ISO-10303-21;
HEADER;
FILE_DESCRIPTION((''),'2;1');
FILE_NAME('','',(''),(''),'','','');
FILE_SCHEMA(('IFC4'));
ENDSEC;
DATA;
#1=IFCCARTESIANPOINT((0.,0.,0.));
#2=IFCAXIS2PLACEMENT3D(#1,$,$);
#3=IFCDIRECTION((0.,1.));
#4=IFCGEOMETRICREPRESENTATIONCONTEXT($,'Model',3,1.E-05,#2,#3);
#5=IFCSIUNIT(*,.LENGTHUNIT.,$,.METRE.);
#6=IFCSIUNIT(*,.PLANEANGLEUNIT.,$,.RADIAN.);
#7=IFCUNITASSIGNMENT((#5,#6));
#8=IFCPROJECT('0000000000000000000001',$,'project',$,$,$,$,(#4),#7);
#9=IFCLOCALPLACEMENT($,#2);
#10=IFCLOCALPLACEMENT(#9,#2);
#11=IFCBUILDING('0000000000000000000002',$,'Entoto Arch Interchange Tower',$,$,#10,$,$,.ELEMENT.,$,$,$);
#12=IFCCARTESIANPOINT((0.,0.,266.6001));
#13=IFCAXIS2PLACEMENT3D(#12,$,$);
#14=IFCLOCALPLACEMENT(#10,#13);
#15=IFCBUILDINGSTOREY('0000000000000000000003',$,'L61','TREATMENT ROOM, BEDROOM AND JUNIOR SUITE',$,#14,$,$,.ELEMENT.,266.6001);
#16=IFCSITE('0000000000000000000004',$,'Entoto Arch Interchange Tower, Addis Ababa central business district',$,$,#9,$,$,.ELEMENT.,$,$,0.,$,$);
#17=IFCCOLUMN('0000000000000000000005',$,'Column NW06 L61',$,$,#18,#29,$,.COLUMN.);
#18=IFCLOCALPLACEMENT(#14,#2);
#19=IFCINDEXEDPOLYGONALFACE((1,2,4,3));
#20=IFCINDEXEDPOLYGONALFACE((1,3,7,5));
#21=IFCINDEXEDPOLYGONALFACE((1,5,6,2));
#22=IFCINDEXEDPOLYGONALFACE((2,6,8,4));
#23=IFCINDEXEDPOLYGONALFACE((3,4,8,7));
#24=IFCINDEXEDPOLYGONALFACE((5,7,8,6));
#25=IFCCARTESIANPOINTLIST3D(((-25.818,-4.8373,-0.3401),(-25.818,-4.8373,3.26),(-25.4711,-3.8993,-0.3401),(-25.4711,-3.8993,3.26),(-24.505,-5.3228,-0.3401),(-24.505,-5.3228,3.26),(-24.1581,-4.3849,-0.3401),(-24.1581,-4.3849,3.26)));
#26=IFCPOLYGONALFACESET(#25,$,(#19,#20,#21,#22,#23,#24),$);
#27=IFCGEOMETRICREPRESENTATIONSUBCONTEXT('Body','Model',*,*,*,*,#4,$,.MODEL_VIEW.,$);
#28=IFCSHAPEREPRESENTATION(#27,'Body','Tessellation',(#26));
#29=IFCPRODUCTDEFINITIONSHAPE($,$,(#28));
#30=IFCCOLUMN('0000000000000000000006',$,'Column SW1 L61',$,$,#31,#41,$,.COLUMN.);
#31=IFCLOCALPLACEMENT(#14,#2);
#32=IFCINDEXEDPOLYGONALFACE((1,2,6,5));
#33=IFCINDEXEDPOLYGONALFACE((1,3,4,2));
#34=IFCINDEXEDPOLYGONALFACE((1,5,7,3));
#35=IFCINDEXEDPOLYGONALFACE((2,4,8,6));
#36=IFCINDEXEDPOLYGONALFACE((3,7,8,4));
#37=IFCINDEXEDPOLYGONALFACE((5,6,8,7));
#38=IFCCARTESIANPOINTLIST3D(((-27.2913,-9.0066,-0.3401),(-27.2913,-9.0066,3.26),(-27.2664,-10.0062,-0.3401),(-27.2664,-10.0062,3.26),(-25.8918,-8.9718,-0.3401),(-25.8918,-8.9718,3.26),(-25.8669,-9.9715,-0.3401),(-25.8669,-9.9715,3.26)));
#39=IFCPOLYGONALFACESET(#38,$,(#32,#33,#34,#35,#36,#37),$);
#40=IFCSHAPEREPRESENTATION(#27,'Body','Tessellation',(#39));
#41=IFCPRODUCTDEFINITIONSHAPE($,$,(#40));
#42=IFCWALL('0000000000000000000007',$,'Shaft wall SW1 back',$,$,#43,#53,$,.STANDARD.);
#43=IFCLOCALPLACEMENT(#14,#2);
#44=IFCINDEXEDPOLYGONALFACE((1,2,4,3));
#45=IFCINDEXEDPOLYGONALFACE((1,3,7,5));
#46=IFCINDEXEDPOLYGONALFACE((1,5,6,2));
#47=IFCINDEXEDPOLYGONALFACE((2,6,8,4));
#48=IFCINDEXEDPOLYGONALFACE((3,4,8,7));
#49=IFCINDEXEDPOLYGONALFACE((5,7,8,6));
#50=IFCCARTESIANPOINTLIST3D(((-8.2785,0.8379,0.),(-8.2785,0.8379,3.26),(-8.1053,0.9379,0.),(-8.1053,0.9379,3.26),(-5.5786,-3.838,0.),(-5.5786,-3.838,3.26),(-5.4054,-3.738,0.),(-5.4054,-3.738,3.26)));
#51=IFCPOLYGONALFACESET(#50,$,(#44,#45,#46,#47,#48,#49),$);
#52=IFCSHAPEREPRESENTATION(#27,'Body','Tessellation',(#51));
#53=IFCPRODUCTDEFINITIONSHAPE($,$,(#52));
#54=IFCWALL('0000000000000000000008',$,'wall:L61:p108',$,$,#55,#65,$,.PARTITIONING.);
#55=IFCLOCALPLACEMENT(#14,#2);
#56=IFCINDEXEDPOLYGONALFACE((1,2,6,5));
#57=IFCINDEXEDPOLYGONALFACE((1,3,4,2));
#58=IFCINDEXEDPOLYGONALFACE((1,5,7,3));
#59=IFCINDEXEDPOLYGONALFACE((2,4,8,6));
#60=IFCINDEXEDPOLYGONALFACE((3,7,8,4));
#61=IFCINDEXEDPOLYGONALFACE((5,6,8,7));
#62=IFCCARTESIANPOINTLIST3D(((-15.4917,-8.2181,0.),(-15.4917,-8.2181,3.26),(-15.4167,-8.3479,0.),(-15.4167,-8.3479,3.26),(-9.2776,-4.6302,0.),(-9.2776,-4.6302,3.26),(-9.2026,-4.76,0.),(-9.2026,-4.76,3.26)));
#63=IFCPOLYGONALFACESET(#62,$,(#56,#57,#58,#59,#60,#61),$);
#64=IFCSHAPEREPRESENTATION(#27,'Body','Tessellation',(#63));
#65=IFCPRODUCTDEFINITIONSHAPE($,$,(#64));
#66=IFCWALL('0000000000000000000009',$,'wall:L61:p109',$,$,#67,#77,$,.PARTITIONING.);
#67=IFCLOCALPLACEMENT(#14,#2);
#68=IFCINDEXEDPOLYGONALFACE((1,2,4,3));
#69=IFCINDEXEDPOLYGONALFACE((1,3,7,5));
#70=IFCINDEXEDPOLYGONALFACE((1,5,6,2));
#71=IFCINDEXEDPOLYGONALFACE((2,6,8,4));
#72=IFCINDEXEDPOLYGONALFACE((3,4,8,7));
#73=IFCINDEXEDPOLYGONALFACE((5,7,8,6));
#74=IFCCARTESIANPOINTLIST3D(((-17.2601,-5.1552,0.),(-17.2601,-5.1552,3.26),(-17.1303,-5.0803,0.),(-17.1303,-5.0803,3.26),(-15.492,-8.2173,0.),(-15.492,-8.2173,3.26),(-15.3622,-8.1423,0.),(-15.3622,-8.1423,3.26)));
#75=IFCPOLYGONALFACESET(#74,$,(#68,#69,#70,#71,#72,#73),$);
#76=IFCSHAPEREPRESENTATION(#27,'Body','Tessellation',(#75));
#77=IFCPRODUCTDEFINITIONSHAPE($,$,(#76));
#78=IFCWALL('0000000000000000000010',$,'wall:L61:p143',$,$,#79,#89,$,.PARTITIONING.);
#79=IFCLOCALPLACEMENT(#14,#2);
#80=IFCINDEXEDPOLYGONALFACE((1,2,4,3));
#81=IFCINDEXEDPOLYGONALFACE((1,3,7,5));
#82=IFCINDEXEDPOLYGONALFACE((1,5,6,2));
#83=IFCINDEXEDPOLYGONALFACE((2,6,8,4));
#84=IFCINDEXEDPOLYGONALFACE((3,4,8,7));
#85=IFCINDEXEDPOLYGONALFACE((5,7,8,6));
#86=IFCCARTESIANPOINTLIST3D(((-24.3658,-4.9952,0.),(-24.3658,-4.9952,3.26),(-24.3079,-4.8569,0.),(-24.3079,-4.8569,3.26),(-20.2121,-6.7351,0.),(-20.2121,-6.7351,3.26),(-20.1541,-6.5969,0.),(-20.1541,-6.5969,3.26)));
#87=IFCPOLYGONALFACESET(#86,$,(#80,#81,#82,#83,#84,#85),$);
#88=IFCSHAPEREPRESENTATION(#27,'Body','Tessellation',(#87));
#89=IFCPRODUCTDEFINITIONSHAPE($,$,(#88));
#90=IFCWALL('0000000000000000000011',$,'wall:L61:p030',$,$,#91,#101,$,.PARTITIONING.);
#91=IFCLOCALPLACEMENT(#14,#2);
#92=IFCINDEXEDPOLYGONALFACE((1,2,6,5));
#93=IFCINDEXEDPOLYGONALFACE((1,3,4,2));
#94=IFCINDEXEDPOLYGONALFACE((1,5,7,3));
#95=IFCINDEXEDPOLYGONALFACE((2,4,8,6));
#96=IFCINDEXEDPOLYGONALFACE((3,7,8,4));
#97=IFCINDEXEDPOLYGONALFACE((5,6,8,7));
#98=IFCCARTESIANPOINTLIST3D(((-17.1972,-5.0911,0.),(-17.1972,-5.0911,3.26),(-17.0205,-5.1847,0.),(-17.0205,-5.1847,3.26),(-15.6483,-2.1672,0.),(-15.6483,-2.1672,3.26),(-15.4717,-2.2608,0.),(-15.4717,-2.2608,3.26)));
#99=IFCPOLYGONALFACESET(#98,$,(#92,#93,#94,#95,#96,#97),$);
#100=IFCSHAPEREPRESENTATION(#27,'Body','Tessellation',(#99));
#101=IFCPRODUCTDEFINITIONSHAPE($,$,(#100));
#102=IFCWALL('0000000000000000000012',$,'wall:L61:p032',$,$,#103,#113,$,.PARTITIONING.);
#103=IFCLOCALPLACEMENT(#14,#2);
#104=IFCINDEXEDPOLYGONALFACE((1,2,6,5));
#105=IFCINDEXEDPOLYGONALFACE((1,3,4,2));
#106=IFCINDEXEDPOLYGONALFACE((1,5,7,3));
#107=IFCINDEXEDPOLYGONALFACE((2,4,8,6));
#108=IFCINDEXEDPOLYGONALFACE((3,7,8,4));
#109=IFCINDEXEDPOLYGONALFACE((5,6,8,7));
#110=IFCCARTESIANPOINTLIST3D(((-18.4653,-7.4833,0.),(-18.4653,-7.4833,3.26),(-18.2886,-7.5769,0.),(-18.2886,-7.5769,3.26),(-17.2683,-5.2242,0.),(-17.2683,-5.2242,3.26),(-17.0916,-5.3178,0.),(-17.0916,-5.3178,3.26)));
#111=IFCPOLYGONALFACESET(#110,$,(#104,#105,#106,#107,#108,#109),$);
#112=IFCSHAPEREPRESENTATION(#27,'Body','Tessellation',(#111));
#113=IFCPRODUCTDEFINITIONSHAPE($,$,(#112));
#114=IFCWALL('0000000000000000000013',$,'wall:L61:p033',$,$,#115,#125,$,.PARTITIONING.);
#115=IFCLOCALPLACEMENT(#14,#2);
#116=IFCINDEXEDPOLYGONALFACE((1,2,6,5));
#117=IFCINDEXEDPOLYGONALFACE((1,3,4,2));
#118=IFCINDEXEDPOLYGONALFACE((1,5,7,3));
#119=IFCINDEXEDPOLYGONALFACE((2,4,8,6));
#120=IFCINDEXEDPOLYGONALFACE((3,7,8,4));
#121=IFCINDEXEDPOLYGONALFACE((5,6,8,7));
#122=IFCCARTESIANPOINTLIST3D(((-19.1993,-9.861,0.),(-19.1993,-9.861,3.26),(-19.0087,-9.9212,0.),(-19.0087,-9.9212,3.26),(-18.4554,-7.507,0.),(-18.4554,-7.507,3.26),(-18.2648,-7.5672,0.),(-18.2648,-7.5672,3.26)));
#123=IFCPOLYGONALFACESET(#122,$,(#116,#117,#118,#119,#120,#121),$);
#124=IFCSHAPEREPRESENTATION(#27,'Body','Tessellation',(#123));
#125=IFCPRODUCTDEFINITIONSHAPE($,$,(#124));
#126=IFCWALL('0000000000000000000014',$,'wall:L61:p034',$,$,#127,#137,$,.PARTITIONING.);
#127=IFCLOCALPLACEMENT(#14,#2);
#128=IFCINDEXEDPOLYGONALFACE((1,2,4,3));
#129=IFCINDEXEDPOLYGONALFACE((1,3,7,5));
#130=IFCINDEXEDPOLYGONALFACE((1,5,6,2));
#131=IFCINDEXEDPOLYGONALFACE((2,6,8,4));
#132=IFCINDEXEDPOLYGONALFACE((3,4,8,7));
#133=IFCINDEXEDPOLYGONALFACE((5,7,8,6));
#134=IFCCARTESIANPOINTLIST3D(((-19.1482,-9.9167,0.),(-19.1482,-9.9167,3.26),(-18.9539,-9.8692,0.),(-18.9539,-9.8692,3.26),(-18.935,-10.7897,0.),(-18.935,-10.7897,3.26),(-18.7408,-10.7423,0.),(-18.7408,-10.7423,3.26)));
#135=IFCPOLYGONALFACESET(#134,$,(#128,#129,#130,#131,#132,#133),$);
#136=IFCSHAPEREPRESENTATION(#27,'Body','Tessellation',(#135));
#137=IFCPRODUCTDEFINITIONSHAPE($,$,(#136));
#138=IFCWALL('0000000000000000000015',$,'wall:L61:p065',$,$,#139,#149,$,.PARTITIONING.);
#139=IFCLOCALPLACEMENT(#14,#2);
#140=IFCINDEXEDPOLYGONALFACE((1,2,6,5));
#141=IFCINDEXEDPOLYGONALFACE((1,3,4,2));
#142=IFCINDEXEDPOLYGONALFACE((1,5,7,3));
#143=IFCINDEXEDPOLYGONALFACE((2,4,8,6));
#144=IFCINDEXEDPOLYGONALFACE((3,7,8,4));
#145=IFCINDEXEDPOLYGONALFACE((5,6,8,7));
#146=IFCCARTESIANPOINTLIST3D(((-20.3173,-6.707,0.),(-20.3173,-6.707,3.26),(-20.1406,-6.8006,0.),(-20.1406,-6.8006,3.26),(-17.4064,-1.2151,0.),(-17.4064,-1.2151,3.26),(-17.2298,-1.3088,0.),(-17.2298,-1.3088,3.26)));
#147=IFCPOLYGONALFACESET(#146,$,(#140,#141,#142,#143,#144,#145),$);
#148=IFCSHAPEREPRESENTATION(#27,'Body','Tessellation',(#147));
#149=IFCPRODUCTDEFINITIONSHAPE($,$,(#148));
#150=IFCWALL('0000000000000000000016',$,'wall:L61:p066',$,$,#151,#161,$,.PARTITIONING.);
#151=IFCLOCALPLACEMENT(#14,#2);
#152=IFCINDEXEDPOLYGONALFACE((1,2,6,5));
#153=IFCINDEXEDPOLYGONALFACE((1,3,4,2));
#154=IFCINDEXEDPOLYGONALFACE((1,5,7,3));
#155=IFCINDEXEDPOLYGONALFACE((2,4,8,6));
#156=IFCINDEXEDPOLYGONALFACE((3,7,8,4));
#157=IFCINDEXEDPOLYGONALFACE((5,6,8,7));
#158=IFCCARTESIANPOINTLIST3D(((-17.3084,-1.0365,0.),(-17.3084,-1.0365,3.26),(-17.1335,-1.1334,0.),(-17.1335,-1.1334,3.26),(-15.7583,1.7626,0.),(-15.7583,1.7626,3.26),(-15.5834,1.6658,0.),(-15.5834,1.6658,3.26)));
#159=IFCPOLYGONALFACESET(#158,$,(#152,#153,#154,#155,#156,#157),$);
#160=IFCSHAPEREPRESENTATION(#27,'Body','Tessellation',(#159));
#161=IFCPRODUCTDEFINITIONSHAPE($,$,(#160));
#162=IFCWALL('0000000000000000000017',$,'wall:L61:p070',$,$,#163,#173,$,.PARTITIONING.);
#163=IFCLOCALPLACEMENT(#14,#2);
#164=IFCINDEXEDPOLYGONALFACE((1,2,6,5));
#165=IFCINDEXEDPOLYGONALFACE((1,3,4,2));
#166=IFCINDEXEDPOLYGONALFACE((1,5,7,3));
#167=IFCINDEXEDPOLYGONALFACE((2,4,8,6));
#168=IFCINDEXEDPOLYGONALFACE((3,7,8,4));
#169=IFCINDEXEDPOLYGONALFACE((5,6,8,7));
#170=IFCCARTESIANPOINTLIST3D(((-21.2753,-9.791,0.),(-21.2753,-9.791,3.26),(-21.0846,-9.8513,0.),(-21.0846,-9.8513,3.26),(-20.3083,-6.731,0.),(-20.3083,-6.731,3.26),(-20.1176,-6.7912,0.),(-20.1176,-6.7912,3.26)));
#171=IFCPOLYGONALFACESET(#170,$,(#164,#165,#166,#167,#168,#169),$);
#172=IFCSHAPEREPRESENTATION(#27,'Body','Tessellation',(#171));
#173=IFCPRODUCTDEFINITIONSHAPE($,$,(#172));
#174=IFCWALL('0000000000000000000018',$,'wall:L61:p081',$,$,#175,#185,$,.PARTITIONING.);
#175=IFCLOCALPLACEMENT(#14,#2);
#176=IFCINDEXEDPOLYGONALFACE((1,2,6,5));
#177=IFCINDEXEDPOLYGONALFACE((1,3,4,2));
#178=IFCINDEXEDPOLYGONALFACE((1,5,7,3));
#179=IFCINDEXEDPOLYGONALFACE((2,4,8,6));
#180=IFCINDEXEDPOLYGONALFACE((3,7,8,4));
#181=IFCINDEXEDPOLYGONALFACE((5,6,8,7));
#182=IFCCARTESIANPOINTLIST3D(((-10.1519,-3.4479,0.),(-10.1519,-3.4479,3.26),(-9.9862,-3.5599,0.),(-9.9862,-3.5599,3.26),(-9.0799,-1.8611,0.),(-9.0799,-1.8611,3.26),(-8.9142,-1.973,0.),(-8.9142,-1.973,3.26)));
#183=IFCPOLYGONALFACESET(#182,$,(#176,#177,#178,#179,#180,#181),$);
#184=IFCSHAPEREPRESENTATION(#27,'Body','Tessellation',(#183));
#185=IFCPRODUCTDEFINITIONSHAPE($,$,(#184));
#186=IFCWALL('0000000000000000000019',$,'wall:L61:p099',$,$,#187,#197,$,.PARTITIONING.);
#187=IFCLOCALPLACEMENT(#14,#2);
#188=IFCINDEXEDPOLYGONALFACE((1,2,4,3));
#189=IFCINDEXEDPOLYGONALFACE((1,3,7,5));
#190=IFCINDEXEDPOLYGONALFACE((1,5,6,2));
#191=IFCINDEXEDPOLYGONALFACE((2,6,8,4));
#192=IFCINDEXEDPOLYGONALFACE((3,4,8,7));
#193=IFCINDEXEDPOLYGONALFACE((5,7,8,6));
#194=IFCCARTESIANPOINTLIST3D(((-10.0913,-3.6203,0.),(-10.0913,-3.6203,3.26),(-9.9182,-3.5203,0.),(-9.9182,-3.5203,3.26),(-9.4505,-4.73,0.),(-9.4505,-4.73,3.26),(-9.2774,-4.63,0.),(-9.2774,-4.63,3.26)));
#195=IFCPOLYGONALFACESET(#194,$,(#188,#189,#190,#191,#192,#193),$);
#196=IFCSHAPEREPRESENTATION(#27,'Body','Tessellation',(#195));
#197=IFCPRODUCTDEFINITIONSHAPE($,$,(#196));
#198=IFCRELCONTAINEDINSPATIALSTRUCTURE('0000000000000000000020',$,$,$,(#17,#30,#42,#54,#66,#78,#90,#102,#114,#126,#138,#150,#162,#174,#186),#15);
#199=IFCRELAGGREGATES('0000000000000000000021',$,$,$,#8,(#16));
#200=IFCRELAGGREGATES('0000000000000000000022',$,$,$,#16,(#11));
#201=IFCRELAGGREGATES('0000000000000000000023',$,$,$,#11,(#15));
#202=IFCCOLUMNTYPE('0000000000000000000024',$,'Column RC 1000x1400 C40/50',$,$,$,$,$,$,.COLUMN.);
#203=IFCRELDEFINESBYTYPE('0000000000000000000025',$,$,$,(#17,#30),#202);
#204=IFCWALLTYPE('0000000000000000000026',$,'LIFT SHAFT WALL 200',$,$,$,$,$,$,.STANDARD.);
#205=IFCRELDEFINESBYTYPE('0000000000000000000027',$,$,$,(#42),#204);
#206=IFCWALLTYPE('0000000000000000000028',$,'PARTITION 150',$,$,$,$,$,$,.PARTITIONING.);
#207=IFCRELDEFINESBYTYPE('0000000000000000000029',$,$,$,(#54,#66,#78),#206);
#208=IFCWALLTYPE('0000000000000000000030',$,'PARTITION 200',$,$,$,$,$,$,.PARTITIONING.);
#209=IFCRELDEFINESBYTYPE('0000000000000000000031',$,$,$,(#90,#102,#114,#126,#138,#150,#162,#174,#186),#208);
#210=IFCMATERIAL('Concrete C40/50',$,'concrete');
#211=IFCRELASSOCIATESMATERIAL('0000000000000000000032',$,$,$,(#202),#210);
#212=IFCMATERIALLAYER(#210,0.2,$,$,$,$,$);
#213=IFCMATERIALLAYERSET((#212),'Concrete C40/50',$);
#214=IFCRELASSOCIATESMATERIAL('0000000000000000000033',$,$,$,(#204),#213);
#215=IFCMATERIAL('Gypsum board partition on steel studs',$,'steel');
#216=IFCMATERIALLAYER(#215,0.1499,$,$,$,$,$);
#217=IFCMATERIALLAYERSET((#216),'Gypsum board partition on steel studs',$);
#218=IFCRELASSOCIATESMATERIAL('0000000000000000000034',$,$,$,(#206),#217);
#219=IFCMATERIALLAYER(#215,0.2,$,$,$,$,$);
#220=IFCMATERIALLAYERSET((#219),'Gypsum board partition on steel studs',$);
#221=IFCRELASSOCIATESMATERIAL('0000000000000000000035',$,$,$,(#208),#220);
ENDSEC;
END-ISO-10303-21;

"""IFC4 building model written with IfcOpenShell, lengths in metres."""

from ifc_helpers import new_model, si_unit, direction, frame, frame_2d, origin, origin_2d, place, context, subcontext, project, spatial, rectangle, extrude, material, layer, layer_set, material_profile, profile_set, type_object, element, save


model = new_model("IFC4")

# Units and contexts
model_context = context("Model", 3, precision=1e-05, world=origin(), true_north=direction((0.0, 1.0)))
body_context = subcontext(model_context, "Body", "Model", "MODEL_VIEW")
ifc_project = project(units=[si_unit("LENGTHUNIT", "METRE"), si_unit("PLANEANGLEUNIT", "RADIAN")], contexts=[model_context])

# Site, building, storey
site_placement = place(None, origin())
site = spatial("IfcSite", under=ifc_project, at=site_placement, Name="Entoto Arch Interchange Tower, Addis Ababa central business district", CompositionType="ELEMENT", RefElevation=0.0)
building_placement = place(site_placement, origin())
building = spatial("IfcBuilding", under=site, at=building_placement, Name="Entoto Arch Interchange Tower", CompositionType="ELEMENT")
storey_placement = place(building_placement, frame((0.0, 0.0, 266.6001)))
storey = spatial("IfcBuildingStorey", under=building, at=storey_placement, Name="L61", Description="TREATMENT ROOM, BEDROOM AND JUNIOR SUITE", CompositionType="ELEMENT", Elevation=266.6001)

# Columns
ifc_material_1 = material(Name="Concrete C40/50", Category="concrete")
ifc_material_profile = material_profile(ifc_material_1, rectangle(XDim=1.0, YDim=1.3999, at=origin_2d()))
ifc_profile_set = profile_set([ifc_material_profile], Name="Concrete C40/50")
column_type = type_object("IfcColumnType", Name="Column RC 1000x1400 C40/50", PredefinedType="COLUMN", material=ifc_profile_set)
for number, where, z_axis, x_axis, name in (
    (1, (-24.988, -4.6111, -0.3401), (0.0, 0.0, 1.0), (0.346854, 0.937919, 0.0), "Column NW06 L61"),
    (2, (-26.5791, -9.489, -0.3401), (0.0, 0.0, 1.0), (-0.024833, 0.999692, 0.0), "Column SW1 L61"),
):
    element("IfcColumn", number, at=place(storey_placement, frame(where, z_axis=z_axis, x_axis=x_axis)), inside=storey, type_object=column_type, Name=name, PredefinedType="COLUMN", context=body_context, shape_type="SweptSolid", body=[
        extrude(rectangle(XDim=1.0, YDim=1.3999, at=origin_2d()), origin(), (0.0, 0.0, 1.0), 3.6001),
    ])

# Walls
ifc_layer_1 = layer(ifc_material_1, 0.2)
ifc_layer_set_1 = layer_set([ifc_layer_1], Name="Concrete C40/50")
wall_type_1 = type_object("IfcWallType", Name="LIFT SHAFT WALL 200", PredefinedType="STANDARD", material=ifc_layer_set_1)
wall_1_placement = place(storey_placement, frame((-8.1919, 0.8879, 0.0), z_axis=(0.0, 0.0, 1.0), x_axis=(0.500034, -0.866006, 0.0)))
element("IfcWall", 3, at=wall_1_placement, inside=storey, type_object=wall_type_1, Name="Shaft wall SW1 back", PredefinedType="STANDARD", context=body_context, shape_type="SweptSolid", body=[
    extrude(rectangle(XDim=5.3994, YDim=0.2, at=frame_2d((2.6997, 0.0))), origin(), (0.0, 0.0, 1.0), 3.26),
])
ifc_material_2 = material(Name="Gypsum board partition on steel studs", Category="steel")
ifc_layer_2 = layer(ifc_material_2, 0.1499)
ifc_layer_set_2 = layer_set([ifc_layer_2], Name="Gypsum board partition on steel studs")
wall_type_2 = type_object("IfcWallType", Name="PARTITION 150", PredefinedType="PARTITIONING", material=ifc_layer_set_2)
wall_2_placement = place(storey_placement, frame((-9.24, -4.6951, 0.0), z_axis=(0.0, 0.0, 1.0), x_axis=(-0.866015, -0.500018, 0.0)))
element("IfcWall", 4, at=wall_2_placement, inside=storey, type_object=wall_type_2, Name="wall:L61:p108", PredefinedType="PARTITIONING", context=body_context, shape_type="SweptSolid", body=[
    extrude(rectangle(XDim=7.1755, YDim=0.1499, at=frame_2d((3.5879, 0.0))), origin(), (0.0, 0.0, 1.0), 3.26),
])
wall_3_placement = place(storey_placement, frame((-15.427, -8.1799, 0.0), z_axis=(0.0, 0.0, 1.0), x_axis=(-0.500045, 0.865999, 0.0)))
element("IfcWall", 5, at=wall_3_placement, inside=storey, type_object=wall_type_2, Name="wall:L61:p109", PredefinedType="PARTITIONING", context=body_context, shape_type="SweptSolid", body=[
    extrude(rectangle(XDim=3.5359, YDim=0.1499, at=frame_2d((1.7681, 0.0))), origin(), (0.0, 0.0, 1.0), 3.26),
])
wall_4_placement = place(storey_placement, frame((-20.1831, -6.666, 0.0), z_axis=(0.0, 0.0, 1.0), x_axis=(-0.922347, 0.386362, 0.0)))
element("IfcWall", 6, at=wall_4_placement, inside=storey, type_object=wall_type_2, Name="wall:L61:p143", PredefinedType="PARTITIONING", context=body_context, shape_type="SweptSolid", body=[
    extrude(rectangle(XDim=4.5034, YDim=0.1499, at=frame_2d((2.2517, 0.0))), origin(), (0.0, 0.0, 1.0), 3.26),
])
ifc_layer_3 = layer(ifc_material_2, 0.2)
ifc_layer_set_3 = layer_set([ifc_layer_3], Name="Gypsum board partition on steel studs")
wall_type_3 = type_object("IfcWallType", Name="PARTITION 200", PredefinedType="PARTITIONING", material=ifc_layer_set_3)
wall_5_placement = place(storey_placement, frame((-15.5601, -2.2141, 0.0), z_axis=(0.0, 0.0, 1.0), x_axis=(-0.468105, -0.883673, 0.0)))
element("IfcWall", 7, at=wall_5_placement, inside=storey, type_object=wall_type_3, Name="wall:L61:p030", PredefinedType="PARTITIONING", context=body_context, shape_type="SweptSolid", body=[
    extrude(rectangle(XDim=3.3088, YDim=0.2, at=frame_2d((1.6543, 0.0))), origin(), (0.0, 0.0, 1.0), 3.26),
])
wall_6_placement = place(storey_placement, frame((-17.1799, -5.271, 0.0), z_axis=(0.0, 0.0, 1.0), x_axis=(-0.468212, -0.883616, 0.0)))
element("IfcWall", 8, at=wall_6_placement, inside=storey, type_object=wall_type_3, Name="wall:L61:p032", PredefinedType="PARTITIONING", context=body_context, shape_type="SweptSolid", body=[
    extrude(rectangle(XDim=2.5566, YDim=0.2, at=frame_2d((1.2783, 0.0))), origin(), (0.0, 0.0, 1.0), 3.26),
])
wall_7_placement = place(storey_placement, frame((-18.3601, -7.5371, 0.0), z_axis=(0.0, 0.0, 1.0), x_axis=(-0.301325, -0.953521, 0.0)))
element("IfcWall", 9, at=wall_7_placement, inside=storey, type_object=wall_type_3, Name="wall:L61:p033", PredefinedType="PARTITIONING", context=body_context, shape_type="SweptSolid", body=[
    extrude(rectangle(XDim=2.4688, YDim=0.2, at=frame_2d((1.2344, 0.0))), origin(), (0.0, 0.0, 1.0), 3.26),
])
wall_8_placement = place(storey_placement, frame((-19.051, -9.8931, 0.0), z_axis=(0.0, 0.0, 1.0), x_axis=(0.237163, -0.97147, 0.0)))
element("IfcWall", 10, at=wall_8_placement, inside=storey, type_object=wall_type_3, Name="wall:L61:p034", PredefinedType="PARTITIONING", context=body_context, shape_type="SweptSolid", body=[
    extrude(rectangle(XDim=0.8987, YDim=0.2, at=frame_2d((0.4492, 0.0))), origin(), (0.0, 0.0, 1.0), 3.26),
])
wall_9_placement = place(storey_placement, frame((-20.229, -6.7539, 0.0), z_axis=(0.0, 0.0, 1.0), x_axis=(0.468314, 0.883562, 0.0)))
element("IfcWall", 11, at=wall_9_placement, inside=storey, type_object=wall_type_3, Name="wall:L61:p065", PredefinedType="PARTITIONING", context=body_context, shape_type="SweptSolid", body=[
    extrude(rectangle(XDim=6.2156, YDim=0.2, at=frame_2d((3.1079, 0.0))), origin(), (0.0, 0.0, 1.0), 3.26),
])
wall_10_placement = place(storey_placement, frame((-17.2209, -1.085, 0.0), z_axis=(0.0, 0.0, 1.0), x_axis=(0.48445, 0.874819, 0.0)))
element("IfcWall", 12, at=wall_10_placement, inside=storey, type_object=wall_type_3, Name="wall:L61:p066", PredefinedType="PARTITIONING", context=body_context, shape_type="SweptSolid", body=[
    extrude(rectangle(XDim=3.1997, YDim=0.2, at=frame_2d((1.5999, 0.0))), origin(), (0.0, 0.0, 1.0), 3.26),
])
wall_11_placement = place(storey_placement, frame((-21.1799, -9.821, 0.0), z_axis=(0.0, 0.0, 1.0), x_axis=(0.301332, 0.953519, 0.0)))
element("IfcWall", 13, at=wall_11_placement, inside=storey, type_object=wall_type_3, Name="wall:L61:p070", PredefinedType="PARTITIONING", context=body_context, shape_type="SweptSolid", body=[
    extrude(rectangle(XDim=3.2092, YDim=0.2, at=frame_2d((1.6045, 0.0))), origin(), (0.0, 0.0, 1.0), 3.26),
])
wall_12_placement = place(storey_placement, frame((-10.0691, -3.5039, 0.0), z_axis=(0.0, 0.0, 1.0), x_axis=(0.559779, 0.828642, 0.0)))
element("IfcWall", 14, at=wall_12_placement, inside=storey, type_object=wall_type_3, Name="wall:L61:p081", PredefinedType="PARTITIONING", context=body_context, shape_type="SweptSolid", body=[
    extrude(rectangle(XDim=1.915, YDim=0.2, at=frame_2d((0.9575, 0.0))), origin(), (0.0, 0.0, 1.0), 3.26),
])
wall_13_placement = place(storey_placement, frame((-9.364, -4.6799, 0.0), z_axis=(0.0, 0.0, 1.0), x_axis=(-0.500052, 0.865995, 0.0)))
element("IfcWall", 15, at=wall_13_placement, inside=storey, type_object=wall_type_3, Name="wall:L61:p099", PredefinedType="PARTITIONING", context=body_context, shape_type="SweptSolid", body=[
    extrude(rectangle(XDim=1.2815, YDim=0.2, at=frame_2d((0.6406, 0.0))), origin(), (0.0, 0.0, 1.0), 3.26),
])

save(model, "model.ifc")
